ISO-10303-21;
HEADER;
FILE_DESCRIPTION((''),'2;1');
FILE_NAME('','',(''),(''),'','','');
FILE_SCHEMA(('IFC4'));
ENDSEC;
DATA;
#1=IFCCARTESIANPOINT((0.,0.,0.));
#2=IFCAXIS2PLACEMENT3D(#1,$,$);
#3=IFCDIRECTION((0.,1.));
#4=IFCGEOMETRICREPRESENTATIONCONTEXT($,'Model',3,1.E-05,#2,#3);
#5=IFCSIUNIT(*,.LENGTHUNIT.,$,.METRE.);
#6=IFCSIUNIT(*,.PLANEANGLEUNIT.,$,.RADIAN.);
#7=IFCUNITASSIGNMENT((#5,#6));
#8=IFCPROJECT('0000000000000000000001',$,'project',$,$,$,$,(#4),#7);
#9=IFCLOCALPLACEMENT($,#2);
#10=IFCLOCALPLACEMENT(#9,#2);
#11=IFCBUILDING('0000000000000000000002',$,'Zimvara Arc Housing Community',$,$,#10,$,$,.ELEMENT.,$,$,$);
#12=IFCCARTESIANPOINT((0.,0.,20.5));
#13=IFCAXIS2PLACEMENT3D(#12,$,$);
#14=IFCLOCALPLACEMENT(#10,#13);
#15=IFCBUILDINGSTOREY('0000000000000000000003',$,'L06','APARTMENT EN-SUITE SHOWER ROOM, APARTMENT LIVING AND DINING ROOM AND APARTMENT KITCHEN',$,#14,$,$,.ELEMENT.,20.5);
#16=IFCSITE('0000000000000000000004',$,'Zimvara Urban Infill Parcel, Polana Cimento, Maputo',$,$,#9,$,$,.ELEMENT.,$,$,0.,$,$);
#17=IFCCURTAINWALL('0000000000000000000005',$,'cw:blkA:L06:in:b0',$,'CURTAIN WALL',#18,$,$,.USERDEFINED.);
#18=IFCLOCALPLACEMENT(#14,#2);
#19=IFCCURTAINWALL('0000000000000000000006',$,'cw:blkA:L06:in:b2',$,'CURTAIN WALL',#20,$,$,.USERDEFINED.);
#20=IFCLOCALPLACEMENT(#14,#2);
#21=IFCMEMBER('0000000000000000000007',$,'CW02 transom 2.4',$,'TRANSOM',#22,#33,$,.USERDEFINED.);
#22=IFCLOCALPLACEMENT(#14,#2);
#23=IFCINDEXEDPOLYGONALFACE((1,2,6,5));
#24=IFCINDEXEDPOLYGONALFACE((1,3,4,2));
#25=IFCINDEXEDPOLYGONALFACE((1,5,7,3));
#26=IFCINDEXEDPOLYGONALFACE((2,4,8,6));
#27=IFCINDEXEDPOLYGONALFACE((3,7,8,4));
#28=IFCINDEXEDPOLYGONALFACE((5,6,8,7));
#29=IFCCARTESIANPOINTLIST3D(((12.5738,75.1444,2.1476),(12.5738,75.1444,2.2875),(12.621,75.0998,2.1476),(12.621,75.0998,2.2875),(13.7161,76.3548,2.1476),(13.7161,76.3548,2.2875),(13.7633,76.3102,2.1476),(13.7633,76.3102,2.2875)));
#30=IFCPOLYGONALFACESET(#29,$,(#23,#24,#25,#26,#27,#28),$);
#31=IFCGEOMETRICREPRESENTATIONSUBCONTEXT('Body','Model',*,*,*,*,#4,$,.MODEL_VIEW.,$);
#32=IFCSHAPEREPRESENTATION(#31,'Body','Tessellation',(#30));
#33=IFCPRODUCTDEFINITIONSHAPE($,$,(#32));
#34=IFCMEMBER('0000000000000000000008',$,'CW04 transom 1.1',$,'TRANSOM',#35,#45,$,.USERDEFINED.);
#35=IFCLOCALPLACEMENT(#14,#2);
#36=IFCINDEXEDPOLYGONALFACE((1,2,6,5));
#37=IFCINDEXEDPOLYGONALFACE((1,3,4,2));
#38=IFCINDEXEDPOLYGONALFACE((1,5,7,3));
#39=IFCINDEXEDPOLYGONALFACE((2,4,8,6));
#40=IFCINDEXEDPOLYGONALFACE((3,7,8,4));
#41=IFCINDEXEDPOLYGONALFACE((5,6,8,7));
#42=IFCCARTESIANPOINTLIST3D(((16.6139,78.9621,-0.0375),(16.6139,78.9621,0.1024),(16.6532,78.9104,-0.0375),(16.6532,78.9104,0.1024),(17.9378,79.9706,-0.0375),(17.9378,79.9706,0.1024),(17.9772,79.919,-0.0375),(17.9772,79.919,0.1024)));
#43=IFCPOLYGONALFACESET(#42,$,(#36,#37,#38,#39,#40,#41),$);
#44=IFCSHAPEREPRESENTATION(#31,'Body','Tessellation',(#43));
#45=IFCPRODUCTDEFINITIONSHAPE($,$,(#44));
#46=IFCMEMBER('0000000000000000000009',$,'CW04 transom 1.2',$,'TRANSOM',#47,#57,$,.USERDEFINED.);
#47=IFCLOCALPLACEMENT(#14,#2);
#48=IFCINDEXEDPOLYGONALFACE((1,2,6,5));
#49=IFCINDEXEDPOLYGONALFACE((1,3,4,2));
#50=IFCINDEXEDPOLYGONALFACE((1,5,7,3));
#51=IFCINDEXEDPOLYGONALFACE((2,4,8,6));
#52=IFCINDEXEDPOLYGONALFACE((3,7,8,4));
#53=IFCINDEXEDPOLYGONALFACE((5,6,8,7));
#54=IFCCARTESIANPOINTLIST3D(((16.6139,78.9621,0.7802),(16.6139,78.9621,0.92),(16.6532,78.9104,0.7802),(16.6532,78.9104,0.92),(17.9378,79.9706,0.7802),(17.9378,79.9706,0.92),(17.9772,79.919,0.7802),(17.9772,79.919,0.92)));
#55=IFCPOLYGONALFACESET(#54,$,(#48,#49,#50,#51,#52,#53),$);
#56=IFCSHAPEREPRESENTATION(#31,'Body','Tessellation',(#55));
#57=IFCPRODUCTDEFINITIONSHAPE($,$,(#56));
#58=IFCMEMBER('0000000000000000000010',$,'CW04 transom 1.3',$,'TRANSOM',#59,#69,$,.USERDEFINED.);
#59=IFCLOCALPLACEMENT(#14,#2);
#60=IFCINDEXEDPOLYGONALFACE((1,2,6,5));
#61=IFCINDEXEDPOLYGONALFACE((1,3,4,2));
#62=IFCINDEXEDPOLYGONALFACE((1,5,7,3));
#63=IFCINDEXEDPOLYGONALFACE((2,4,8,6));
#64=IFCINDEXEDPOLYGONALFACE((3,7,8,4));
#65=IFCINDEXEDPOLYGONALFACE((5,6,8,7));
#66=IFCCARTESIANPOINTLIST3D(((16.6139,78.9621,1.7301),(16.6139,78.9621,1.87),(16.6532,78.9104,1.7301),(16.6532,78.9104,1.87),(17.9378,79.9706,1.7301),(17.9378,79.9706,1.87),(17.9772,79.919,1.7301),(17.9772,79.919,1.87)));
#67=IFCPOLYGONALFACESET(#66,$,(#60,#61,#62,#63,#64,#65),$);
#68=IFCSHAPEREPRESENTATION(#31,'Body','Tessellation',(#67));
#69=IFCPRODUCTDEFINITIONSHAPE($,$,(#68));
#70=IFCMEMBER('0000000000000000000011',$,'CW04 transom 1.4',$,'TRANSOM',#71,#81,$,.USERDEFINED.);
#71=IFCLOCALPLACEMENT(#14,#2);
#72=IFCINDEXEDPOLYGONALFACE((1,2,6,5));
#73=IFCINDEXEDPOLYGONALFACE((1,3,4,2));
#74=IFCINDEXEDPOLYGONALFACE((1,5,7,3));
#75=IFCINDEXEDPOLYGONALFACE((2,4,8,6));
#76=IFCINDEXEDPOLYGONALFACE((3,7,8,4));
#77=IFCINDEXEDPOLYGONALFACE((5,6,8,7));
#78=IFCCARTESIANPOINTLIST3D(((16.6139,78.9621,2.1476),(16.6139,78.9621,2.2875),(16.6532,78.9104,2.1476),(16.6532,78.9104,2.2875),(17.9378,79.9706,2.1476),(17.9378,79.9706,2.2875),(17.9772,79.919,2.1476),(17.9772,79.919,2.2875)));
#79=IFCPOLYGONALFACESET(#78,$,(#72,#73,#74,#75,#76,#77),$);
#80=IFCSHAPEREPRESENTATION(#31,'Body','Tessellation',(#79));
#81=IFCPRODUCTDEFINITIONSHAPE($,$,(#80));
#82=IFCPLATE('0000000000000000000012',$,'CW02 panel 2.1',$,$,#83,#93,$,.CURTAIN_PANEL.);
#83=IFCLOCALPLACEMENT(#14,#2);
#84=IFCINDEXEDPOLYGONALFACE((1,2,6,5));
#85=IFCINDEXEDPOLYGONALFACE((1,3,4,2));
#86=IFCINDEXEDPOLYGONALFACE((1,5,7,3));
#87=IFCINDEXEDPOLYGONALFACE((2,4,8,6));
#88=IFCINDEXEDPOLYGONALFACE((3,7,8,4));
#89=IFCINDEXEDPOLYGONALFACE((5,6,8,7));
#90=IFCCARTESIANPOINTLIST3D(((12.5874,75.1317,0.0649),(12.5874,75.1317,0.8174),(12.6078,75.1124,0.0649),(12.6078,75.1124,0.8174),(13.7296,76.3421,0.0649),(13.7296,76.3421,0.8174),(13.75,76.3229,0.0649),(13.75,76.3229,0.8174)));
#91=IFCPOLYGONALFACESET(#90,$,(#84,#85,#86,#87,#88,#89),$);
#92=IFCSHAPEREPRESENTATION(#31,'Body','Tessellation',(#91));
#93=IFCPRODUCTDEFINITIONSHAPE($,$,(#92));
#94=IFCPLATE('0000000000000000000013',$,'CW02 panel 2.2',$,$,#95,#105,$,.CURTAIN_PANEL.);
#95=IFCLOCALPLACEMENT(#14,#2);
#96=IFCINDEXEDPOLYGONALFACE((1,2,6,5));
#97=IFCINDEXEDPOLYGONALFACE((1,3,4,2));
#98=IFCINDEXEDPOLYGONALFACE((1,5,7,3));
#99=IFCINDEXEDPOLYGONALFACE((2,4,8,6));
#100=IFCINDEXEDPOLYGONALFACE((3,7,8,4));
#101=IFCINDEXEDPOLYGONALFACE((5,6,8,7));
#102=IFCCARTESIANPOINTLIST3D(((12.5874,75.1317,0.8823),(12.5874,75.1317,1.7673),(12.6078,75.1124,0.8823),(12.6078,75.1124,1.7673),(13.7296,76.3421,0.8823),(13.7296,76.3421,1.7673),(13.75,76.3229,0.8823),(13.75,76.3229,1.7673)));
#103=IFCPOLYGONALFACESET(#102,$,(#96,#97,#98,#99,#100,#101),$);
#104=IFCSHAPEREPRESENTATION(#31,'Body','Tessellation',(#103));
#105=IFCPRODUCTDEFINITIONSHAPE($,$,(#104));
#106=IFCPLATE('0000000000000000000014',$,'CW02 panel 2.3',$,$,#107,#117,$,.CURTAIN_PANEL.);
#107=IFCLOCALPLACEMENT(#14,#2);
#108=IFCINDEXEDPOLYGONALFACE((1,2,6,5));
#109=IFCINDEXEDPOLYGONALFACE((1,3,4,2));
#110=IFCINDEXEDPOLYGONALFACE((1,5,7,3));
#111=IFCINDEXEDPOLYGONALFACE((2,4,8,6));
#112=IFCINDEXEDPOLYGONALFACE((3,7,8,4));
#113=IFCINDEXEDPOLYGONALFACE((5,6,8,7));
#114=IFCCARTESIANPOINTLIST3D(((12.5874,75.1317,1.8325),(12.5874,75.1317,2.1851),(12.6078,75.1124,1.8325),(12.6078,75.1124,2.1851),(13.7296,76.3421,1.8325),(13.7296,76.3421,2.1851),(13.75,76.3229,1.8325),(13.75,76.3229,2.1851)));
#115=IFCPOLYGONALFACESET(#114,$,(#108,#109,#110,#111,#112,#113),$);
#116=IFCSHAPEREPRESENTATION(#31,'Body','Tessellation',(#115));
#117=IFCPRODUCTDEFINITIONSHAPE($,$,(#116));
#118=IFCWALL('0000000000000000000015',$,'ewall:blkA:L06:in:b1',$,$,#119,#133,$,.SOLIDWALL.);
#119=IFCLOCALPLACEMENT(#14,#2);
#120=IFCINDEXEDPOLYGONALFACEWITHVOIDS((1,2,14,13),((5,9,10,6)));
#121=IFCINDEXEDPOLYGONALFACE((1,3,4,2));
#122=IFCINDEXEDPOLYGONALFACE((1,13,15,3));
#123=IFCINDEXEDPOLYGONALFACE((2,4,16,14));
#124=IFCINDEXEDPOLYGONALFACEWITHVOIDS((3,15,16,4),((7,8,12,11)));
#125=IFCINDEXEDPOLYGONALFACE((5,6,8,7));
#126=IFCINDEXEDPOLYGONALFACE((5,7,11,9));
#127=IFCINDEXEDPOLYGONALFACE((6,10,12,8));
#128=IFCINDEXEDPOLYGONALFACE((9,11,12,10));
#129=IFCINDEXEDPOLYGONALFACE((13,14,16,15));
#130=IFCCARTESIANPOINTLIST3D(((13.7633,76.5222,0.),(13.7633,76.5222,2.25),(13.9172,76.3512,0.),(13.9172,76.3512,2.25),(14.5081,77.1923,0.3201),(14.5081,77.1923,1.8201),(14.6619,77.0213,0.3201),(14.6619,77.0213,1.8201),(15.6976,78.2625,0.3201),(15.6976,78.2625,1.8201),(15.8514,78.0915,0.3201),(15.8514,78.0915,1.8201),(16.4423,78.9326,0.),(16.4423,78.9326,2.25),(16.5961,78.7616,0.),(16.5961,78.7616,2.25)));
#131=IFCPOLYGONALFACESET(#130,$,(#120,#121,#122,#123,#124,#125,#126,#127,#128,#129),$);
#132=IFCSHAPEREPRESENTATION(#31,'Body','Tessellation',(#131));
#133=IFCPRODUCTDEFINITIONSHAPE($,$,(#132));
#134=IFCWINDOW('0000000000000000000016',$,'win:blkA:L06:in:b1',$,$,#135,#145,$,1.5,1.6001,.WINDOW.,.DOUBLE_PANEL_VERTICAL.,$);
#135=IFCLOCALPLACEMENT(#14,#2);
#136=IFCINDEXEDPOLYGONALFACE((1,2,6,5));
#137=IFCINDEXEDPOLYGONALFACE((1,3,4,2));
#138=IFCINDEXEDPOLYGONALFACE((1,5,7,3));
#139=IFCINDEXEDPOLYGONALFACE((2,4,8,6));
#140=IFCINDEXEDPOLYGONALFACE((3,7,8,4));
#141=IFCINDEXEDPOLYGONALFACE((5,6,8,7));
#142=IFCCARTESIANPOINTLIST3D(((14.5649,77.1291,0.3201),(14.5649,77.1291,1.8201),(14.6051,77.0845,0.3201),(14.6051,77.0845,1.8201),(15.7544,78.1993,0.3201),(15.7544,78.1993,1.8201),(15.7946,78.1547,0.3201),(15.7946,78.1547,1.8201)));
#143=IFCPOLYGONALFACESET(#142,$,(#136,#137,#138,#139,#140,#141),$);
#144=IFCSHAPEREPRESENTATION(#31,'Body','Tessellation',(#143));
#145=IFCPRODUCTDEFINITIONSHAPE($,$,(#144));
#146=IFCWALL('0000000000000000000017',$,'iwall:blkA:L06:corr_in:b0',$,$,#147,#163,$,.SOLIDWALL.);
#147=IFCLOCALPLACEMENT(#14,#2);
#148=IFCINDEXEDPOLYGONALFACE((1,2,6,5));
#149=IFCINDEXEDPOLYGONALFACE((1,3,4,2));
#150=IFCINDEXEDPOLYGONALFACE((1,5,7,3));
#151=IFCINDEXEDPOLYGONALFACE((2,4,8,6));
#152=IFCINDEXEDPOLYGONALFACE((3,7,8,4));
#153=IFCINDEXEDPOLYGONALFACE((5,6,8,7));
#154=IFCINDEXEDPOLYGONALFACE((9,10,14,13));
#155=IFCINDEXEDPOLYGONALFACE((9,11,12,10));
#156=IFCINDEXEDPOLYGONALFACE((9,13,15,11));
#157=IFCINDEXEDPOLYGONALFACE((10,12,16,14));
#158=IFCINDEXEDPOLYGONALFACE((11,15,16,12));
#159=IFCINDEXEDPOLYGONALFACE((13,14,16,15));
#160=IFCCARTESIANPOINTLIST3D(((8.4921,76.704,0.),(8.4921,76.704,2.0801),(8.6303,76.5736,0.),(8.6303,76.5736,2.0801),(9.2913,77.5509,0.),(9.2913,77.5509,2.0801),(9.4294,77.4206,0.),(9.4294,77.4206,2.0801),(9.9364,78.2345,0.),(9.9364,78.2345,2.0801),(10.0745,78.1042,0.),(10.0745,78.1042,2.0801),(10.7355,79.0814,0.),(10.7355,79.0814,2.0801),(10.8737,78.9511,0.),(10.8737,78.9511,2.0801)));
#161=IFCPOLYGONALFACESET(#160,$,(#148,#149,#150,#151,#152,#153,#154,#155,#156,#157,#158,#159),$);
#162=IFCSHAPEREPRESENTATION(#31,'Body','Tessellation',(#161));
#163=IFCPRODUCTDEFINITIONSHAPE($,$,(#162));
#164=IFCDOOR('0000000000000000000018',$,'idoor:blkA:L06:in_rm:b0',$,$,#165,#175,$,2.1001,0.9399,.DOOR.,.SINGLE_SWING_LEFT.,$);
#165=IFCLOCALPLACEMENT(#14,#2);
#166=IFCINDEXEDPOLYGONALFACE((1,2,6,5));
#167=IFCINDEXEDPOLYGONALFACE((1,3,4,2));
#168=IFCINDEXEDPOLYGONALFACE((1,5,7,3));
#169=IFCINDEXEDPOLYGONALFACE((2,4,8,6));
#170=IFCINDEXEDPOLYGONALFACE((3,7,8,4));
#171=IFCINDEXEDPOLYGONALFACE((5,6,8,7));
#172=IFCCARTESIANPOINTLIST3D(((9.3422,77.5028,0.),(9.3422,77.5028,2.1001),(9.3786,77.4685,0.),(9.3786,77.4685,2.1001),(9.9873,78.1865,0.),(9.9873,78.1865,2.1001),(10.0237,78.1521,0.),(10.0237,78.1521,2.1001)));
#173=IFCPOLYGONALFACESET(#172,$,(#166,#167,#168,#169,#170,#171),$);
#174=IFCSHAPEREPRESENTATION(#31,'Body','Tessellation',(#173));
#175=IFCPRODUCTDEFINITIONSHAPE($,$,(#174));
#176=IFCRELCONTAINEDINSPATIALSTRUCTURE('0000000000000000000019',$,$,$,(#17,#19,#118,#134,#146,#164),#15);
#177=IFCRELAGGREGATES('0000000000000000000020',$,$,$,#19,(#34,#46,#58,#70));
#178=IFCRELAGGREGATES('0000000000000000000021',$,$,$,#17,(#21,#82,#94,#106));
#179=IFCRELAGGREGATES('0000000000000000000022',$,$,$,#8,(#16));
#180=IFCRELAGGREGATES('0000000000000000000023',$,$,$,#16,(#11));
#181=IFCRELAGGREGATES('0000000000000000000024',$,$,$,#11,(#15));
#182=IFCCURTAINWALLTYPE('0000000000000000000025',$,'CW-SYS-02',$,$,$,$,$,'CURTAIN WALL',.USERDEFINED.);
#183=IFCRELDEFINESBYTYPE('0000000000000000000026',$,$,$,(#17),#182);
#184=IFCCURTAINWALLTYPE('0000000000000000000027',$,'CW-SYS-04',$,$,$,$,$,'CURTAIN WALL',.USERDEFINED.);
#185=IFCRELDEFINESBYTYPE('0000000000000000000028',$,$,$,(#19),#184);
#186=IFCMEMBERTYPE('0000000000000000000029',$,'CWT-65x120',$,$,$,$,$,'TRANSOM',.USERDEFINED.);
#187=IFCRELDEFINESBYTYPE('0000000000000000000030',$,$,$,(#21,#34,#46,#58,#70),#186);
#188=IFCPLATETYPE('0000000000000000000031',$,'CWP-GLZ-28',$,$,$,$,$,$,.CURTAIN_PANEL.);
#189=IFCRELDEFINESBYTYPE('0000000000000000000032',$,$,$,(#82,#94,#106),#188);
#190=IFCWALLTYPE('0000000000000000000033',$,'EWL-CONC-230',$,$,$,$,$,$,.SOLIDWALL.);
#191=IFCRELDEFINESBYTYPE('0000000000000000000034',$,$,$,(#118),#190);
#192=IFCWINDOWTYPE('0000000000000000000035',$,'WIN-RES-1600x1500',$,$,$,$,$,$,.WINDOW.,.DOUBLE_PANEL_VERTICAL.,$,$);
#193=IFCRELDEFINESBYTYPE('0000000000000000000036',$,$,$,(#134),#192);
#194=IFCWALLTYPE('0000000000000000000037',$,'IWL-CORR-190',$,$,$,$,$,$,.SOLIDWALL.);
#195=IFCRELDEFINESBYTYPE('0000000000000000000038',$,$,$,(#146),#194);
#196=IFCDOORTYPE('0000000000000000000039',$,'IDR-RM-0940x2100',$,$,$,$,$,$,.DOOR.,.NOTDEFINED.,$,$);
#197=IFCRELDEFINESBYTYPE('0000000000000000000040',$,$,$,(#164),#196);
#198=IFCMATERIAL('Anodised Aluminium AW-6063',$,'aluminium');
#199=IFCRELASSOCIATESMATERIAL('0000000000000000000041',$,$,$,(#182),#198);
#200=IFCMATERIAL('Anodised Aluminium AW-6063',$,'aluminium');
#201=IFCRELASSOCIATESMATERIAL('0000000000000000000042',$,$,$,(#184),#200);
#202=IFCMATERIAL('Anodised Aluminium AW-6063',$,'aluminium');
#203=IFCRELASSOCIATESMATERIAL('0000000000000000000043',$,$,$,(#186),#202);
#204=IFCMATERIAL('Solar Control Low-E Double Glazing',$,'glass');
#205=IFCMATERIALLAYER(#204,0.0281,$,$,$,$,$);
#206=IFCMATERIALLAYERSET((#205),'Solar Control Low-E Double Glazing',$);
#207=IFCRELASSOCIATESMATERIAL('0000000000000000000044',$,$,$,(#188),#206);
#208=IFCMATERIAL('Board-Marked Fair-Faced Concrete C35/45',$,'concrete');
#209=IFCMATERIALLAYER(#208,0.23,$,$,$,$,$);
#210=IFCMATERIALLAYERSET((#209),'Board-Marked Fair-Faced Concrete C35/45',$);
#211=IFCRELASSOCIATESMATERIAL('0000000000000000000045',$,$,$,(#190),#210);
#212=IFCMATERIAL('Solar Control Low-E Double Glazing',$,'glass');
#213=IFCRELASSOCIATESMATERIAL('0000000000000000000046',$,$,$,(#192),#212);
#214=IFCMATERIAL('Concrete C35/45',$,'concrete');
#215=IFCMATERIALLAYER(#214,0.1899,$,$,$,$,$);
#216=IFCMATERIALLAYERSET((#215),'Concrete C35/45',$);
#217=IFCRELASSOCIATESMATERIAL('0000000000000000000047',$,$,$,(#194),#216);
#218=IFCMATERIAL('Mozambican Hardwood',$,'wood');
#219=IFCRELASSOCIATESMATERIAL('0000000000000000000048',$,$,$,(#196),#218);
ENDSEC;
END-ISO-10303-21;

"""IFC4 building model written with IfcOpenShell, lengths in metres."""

from ifc_helpers import new_model, si_unit, direction, frame, frame_2d, origin, origin_2d, place, context, subcontext, project, spatial, rectangle, extrude, material, layer, layer_set, material_profile, profile_set, type_object, element, fill, aggregate, save


model = new_model("IFC4")

# Units and contexts
model_context = context("Model", 3, precision=1e-05, world=origin(), true_north=direction((0.0, 1.0)))
body_context = subcontext(model_context, "Body", "Model", "MODEL_VIEW")
ifc_project = project(units=[si_unit("LENGTHUNIT", "METRE"), si_unit("PLANEANGLEUNIT", "RADIAN")], contexts=[model_context])

# Site, building, storey
site_placement = place(None, origin())
site = spatial("IfcSite", under=ifc_project, at=site_placement, Name="Zimvara Urban Infill Parcel, Polana Cimento, Maputo", CompositionType="ELEMENT", RefElevation=0.0)
building_placement = place(site_placement, origin())
building = spatial("IfcBuilding", under=site, at=building_placement, Name="Zimvara Arc Housing Community", CompositionType="ELEMENT")
storey_placement = place(building_placement, frame((0.0, 0.0, 20.5)))
storey = spatial("IfcBuildingStorey", under=building, at=storey_placement, Name="L06", Description="APARTMENT EN-SUITE SHOWER ROOM, APARTMENT LIVING AND DINING ROOM AND APARTMENT KITCHEN", CompositionType="ELEMENT", Elevation=20.5)

# Curtain walls
ifc_material_1 = material(Name="Anodised Aluminium AW-6063", Category="aluminium")
curtain_wall_type_1 = type_object("IfcCurtainWallType", Name="CW-SYS-02", ElementType="CURTAIN WALL", PredefinedType="USERDEFINED", material=ifc_material_1)
curtain_wall_1_placement = place(storey_placement, origin())
curtain_wall_1 = element("IfcCurtainWall", 1, at=curtain_wall_1_placement, inside=storey, type_object=curtain_wall_type_1, Name="cw:blkA:L06:in:b0", ObjectType="CURTAIN WALL", PredefinedType="USERDEFINED")
ifc_material_2 = material(Name="Anodised Aluminium AW-6063", Category="aluminium")
curtain_wall_type_2 = type_object("IfcCurtainWallType", Name="CW-SYS-04", ElementType="CURTAIN WALL", PredefinedType="USERDEFINED", material=ifc_material_2)
curtain_wall_2_placement = place(storey_placement, origin())
curtain_wall_2 = element("IfcCurtainWall", 2, at=curtain_wall_2_placement, inside=storey, type_object=curtain_wall_type_2, Name="cw:blkA:L06:in:b2", ObjectType="CURTAIN WALL", PredefinedType="USERDEFINED")

# Members
ifc_material_3 = material(Name="Anodised Aluminium AW-6063", Category="aluminium")
ifc_material_profile_1 = material_profile(ifc_material_3, rectangle(XDim=0.0649, YDim=0.1399, at=origin_2d()), Name="ALU 65x140")
ifc_profile_set_1 = profile_set([ifc_material_profile_1], Name="Anodised Aluminium AW-6063")
member_type_1 = type_object("IfcMemberType", Name="CWT-65x120", ElementType="TRANSOM", PredefinedType="USERDEFINED", material=ifc_profile_set_1)
member_1_placement = place(storey_placement, frame((12.5974, 75.1221, 2.2175), z_axis=(0.686348, 0.727273, 0.0), x_axis=(-0.727273, 0.686348, 0.0)))
member_1 = element("IfcMember", 3, at=member_1_placement, type_object=member_type_1, Name="CW02 transom 2.4", ObjectType="TRANSOM", PredefinedType="USERDEFINED", context=body_context, shape_type="SweptSolid", body=[
    extrude(rectangle(XDim=0.0649, YDim=0.1399, at=origin_2d()), origin(), (0.0, 0.0, 1.0), 1.6643),
])
member_2_placement = place(storey_placement, frame((16.6335, 78.9363, 0.0325), z_axis=(0.795489, 0.605968, 0.0), x_axis=(-0.605968, 0.795489, 0.0)))
member_2 = element("IfcMember", 4, at=member_2_placement, type_object=member_type_1, Name="CW04 transom 1.1", ObjectType="TRANSOM", PredefinedType="USERDEFINED", context=body_context, shape_type="SweptSolid", body=[
    extrude(rectangle(XDim=0.0649, YDim=0.1399, at=origin_2d()), origin(), (0.0, 0.0, 1.0), 1.6643),
])
member_3_placement = place(storey_placement, frame((16.6335, 78.9363, 0.8501), z_axis=(0.795489, 0.605968, 0.0), x_axis=(-0.605968, 0.795489, 0.0)))
member_3 = element("IfcMember", 5, at=member_3_placement, type_object=member_type_1, Name="CW04 transom 1.2", ObjectType="TRANSOM", PredefinedType="USERDEFINED", context=body_context, shape_type="SweptSolid", body=[
    extrude(rectangle(XDim=0.0649, YDim=0.1399, at=origin_2d()), origin(), (0.0, 0.0, 1.0), 1.6643),
])
member_4_placement = place(storey_placement, frame((16.6335, 78.9363, 1.8), z_axis=(0.795489, 0.605968, 0.0), x_axis=(-0.605968, 0.795489, 0.0)))
member_4 = element("IfcMember", 6, at=member_4_placement, type_object=member_type_1, Name="CW04 transom 1.3", ObjectType="TRANSOM", PredefinedType="USERDEFINED", context=body_context, shape_type="SweptSolid", body=[
    extrude(rectangle(XDim=0.0649, YDim=0.1399, at=origin_2d()), origin(), (0.0, 0.0, 1.0), 1.6643),
])
member_5_placement = place(storey_placement, frame((16.6335, 78.9363, 2.2175), z_axis=(0.795489, 0.605968, 0.0), x_axis=(-0.605968, 0.795489, 0.0)))
member_5 = element("IfcMember", 7, at=member_5_placement, type_object=member_type_1, Name="CW04 transom 1.4", ObjectType="TRANSOM", PredefinedType="USERDEFINED", context=body_context, shape_type="SweptSolid", body=[
    extrude(rectangle(XDim=0.0649, YDim=0.1399, at=origin_2d()), origin(), (0.0, 0.0, 1.0), 1.6643),
])
aggregate(curtain_wall_2, [member_2, member_3, member_4, member_5])

# Plates
ifc_material_4 = material(Name="Solar Control Low-E Double Glazing", Category="glass")
ifc_layer_1 = layer(ifc_material_4, 0.0281)
ifc_layer_set_1 = layer_set([ifc_layer_1], Name="Solar Control Low-E Double Glazing")
plate_type = type_object("IfcPlateType", Name="CWP-GLZ-28", PredefinedType="CURTAIN_PANEL", material=ifc_layer_set_1)
plate_1_placement = place(storey_placement, frame((13.1687, 75.7273, 0.0649), z_axis=(0.0, 0.0, 1.0), x_axis=(0.686327, 0.727293, 0.0)))
plate_1 = element("IfcPlate", 8, at=plate_1_placement, type_object=plate_type, Name="CW02 panel 2.1", PredefinedType="CURTAIN_PANEL", context=body_context, shape_type="SweptSolid", body=[
    extrude(rectangle(XDim=1.6643, YDim=0.0281, at=origin_2d()), origin(), (0.0, 0.0, 1.0), 0.7524),
])
plate_2_placement = place(storey_placement, frame((13.1687, 75.7273, 0.8823), z_axis=(0.0, 0.0, 1.0), x_axis=(0.686327, 0.727293, 0.0)))
plate_2 = element("IfcPlate", 9, at=plate_2_placement, type_object=plate_type, Name="CW02 panel 2.2", PredefinedType="CURTAIN_PANEL", context=body_context, shape_type="SweptSolid", body=[
    extrude(rectangle(XDim=1.6643, YDim=0.0281, at=origin_2d()), origin(), (0.0, 0.0, 1.0), 0.885),
])
plate_3_placement = place(storey_placement, frame((13.1687, 75.7273, 1.8325), z_axis=(0.0, 0.0, 1.0), x_axis=(0.686327, 0.727293, 0.0)))
plate_3 = element("IfcPlate", 10, at=plate_3_placement, type_object=plate_type, Name="CW02 panel 2.3", PredefinedType="CURTAIN_PANEL", context=body_context, shape_type="SweptSolid", body=[
    extrude(rectangle(XDim=1.6643, YDim=0.0281, at=origin_2d()), origin(), (0.0, 0.0, 1.0), 0.3525),
])
aggregate(curtain_wall_1, [member_1, plate_1, plate_2, plate_3])

# Wall, opening, window
ifc_material_5 = material(Name="Board-Marked Fair-Faced Concrete C35/45", Category="concrete")
ifc_layer_2 = layer(ifc_material_5, 0.23)
ifc_layer_set_2 = layer_set([ifc_layer_2], Name="Board-Marked Fair-Faced Concrete C35/45")
wall_type_1 = type_object("IfcWallType", Name="EWL-CONC-230", PredefinedType="SOLIDWALL", material=ifc_layer_set_2)
wall_1_placement = place(storey_placement, frame((13.8403, 76.4368, 0.0), z_axis=(0.0, 0.0, 1.0), x_axis=(0.743385, 0.668864, 0.0)))
wall_1 = element("IfcWall", 11, at=wall_1_placement, inside=storey, type_object=wall_type_1, Name="ewall:blkA:L06:in:b1", PredefinedType="SOLIDWALL", context=body_context, shape_type="SweptSolid", body=[
    extrude(rectangle(XDim=3.6038, YDim=0.23, at=frame_2d((1.8018, 0.0))), origin(), (0.0, 0.0, 1.0), 2.25),
])
opening_1_placement = place(wall_1_placement, frame((1.0017, 0.0, 0.3201)))
opening_1 = element("IfcOpeningElement", 12, at=opening_1_placement, cuts=wall_1, PredefinedType="OPENING", context=body_context, shape_type="SweptSolid", body=[
    extrude(rectangle(XDim=1.6001, YDim=1.5, at=frame_2d((0.8, 0.75))), frame((0.0, 0.125, 0.0), z_axis=(0.0, -1.0, 0.0), x_axis=(1.0, 0.0, 0.0)), (0.0, 0.0, 1.0), 0.25),
])
ifc_material_6 = material(Name="Solar Control Low-E Double Glazing", Category="glass")
window_type = type_object("IfcWindowType", Name="WIN-RES-1600x1500", PartitioningType="DOUBLE_PANEL_VERTICAL", PredefinedType="WINDOW", material=ifc_material_6)
window_placement = place(opening_1_placement, origin())
window = element("IfcWindow", 13, at=window_placement, inside=storey, type_object=window_type, Name="win:blkA:L06:in:b1", OverallHeight=1.5, OverallWidth=1.6001, PartitioningType="DOUBLE_PANEL_VERTICAL", PredefinedType="WINDOW", context=body_context, shape_type="SweptSolid", body=[
    extrude(rectangle(XDim=1.6001, YDim=1.5, at=frame_2d((0.8, 0.75))), frame((0.0, 0.03, 0.0), z_axis=(0.0, -1.0, 0.0), x_axis=(1.0, 0.0, 0.0)), (0.0, 0.0, 1.0), 0.0601),
])
fill(opening_1, window)

# Wall, opening, door
ifc_material_7 = material(Name="Concrete C35/45", Category="concrete")
ifc_layer_3 = layer(ifc_material_7, 0.1899)
ifc_layer_set_3 = layer_set([ifc_layer_3], Name="Concrete C35/45")
wall_type_2 = type_object("IfcWallType", Name="IWL-CORR-190", PredefinedType="SOLIDWALL", material=ifc_layer_set_3)
wall_2_placement = place(storey_placement, frame((8.5613, 76.6389, 0.0), z_axis=(0.0, 0.0, 1.0), x_axis=(0.686308, 0.727311, 0.0)))
wall_2 = element("IfcWall", 14, at=wall_2_placement, inside=storey, type_object=wall_type_2, Name="iwall:blkA:L06:corr_in:b0", PredefinedType="SOLIDWALL", context=body_context, shape_type="SweptSolid", body=[
    extrude(rectangle(XDim=3.2688, YDim=0.1899, at=frame_2d((1.6343, 0.0))), origin(), (0.0, 0.0, 1.0), 2.0801),
])
opening_2_placement = place(wall_2_placement, frame((1.1643, 0.0, 0.0)))
opening_2 = element("IfcOpeningElement", 15, at=opening_2_placement, cuts=wall_2, PredefinedType="OPENING", context=body_context, shape_type="SweptSolid", body=[
    extrude(rectangle(XDim=0.9399, YDim=2.1001, at=frame_2d((0.47, 1.05))), frame((0.0, 0.105, 0.0), z_axis=(0.0, -1.0, 0.0), x_axis=(1.0, 0.0, 0.0)), (0.0, 0.0, 1.0), 0.21),
])
ifc_material_8 = material(Name="Mozambican Hardwood", Category="wood")
door_type_1 = type_object("IfcDoorType", Name="IDR-RM-0940x2100", OperationType="NOTDEFINED", PredefinedType="DOOR", material=ifc_material_8)
door_1_placement = place(opening_2_placement, origin())
door_1 = element("IfcDoor", 16, at=door_1_placement, inside=storey, type_object=door_type_1, Name="idoor:blkA:L06:in_rm:b0", OperationType="SINGLE_SWING_LEFT", OverallHeight=2.1001, OverallWidth=0.9399, PredefinedType="DOOR", context=body_context, shape_type="SweptSolid", body=[
    extrude(rectangle(XDim=0.9399, YDim=2.1001, at=frame_2d((0.47, 1.05))), frame((0.0, 0.0249, 0.0), z_axis=(0.0, -1.0, 0.0), x_axis=(1.0, 0.0, 0.0)), (0.0, 0.0, 1.0), 0.05),
])
fill(opening_2, door_1)

save(model, "model.ifc")
